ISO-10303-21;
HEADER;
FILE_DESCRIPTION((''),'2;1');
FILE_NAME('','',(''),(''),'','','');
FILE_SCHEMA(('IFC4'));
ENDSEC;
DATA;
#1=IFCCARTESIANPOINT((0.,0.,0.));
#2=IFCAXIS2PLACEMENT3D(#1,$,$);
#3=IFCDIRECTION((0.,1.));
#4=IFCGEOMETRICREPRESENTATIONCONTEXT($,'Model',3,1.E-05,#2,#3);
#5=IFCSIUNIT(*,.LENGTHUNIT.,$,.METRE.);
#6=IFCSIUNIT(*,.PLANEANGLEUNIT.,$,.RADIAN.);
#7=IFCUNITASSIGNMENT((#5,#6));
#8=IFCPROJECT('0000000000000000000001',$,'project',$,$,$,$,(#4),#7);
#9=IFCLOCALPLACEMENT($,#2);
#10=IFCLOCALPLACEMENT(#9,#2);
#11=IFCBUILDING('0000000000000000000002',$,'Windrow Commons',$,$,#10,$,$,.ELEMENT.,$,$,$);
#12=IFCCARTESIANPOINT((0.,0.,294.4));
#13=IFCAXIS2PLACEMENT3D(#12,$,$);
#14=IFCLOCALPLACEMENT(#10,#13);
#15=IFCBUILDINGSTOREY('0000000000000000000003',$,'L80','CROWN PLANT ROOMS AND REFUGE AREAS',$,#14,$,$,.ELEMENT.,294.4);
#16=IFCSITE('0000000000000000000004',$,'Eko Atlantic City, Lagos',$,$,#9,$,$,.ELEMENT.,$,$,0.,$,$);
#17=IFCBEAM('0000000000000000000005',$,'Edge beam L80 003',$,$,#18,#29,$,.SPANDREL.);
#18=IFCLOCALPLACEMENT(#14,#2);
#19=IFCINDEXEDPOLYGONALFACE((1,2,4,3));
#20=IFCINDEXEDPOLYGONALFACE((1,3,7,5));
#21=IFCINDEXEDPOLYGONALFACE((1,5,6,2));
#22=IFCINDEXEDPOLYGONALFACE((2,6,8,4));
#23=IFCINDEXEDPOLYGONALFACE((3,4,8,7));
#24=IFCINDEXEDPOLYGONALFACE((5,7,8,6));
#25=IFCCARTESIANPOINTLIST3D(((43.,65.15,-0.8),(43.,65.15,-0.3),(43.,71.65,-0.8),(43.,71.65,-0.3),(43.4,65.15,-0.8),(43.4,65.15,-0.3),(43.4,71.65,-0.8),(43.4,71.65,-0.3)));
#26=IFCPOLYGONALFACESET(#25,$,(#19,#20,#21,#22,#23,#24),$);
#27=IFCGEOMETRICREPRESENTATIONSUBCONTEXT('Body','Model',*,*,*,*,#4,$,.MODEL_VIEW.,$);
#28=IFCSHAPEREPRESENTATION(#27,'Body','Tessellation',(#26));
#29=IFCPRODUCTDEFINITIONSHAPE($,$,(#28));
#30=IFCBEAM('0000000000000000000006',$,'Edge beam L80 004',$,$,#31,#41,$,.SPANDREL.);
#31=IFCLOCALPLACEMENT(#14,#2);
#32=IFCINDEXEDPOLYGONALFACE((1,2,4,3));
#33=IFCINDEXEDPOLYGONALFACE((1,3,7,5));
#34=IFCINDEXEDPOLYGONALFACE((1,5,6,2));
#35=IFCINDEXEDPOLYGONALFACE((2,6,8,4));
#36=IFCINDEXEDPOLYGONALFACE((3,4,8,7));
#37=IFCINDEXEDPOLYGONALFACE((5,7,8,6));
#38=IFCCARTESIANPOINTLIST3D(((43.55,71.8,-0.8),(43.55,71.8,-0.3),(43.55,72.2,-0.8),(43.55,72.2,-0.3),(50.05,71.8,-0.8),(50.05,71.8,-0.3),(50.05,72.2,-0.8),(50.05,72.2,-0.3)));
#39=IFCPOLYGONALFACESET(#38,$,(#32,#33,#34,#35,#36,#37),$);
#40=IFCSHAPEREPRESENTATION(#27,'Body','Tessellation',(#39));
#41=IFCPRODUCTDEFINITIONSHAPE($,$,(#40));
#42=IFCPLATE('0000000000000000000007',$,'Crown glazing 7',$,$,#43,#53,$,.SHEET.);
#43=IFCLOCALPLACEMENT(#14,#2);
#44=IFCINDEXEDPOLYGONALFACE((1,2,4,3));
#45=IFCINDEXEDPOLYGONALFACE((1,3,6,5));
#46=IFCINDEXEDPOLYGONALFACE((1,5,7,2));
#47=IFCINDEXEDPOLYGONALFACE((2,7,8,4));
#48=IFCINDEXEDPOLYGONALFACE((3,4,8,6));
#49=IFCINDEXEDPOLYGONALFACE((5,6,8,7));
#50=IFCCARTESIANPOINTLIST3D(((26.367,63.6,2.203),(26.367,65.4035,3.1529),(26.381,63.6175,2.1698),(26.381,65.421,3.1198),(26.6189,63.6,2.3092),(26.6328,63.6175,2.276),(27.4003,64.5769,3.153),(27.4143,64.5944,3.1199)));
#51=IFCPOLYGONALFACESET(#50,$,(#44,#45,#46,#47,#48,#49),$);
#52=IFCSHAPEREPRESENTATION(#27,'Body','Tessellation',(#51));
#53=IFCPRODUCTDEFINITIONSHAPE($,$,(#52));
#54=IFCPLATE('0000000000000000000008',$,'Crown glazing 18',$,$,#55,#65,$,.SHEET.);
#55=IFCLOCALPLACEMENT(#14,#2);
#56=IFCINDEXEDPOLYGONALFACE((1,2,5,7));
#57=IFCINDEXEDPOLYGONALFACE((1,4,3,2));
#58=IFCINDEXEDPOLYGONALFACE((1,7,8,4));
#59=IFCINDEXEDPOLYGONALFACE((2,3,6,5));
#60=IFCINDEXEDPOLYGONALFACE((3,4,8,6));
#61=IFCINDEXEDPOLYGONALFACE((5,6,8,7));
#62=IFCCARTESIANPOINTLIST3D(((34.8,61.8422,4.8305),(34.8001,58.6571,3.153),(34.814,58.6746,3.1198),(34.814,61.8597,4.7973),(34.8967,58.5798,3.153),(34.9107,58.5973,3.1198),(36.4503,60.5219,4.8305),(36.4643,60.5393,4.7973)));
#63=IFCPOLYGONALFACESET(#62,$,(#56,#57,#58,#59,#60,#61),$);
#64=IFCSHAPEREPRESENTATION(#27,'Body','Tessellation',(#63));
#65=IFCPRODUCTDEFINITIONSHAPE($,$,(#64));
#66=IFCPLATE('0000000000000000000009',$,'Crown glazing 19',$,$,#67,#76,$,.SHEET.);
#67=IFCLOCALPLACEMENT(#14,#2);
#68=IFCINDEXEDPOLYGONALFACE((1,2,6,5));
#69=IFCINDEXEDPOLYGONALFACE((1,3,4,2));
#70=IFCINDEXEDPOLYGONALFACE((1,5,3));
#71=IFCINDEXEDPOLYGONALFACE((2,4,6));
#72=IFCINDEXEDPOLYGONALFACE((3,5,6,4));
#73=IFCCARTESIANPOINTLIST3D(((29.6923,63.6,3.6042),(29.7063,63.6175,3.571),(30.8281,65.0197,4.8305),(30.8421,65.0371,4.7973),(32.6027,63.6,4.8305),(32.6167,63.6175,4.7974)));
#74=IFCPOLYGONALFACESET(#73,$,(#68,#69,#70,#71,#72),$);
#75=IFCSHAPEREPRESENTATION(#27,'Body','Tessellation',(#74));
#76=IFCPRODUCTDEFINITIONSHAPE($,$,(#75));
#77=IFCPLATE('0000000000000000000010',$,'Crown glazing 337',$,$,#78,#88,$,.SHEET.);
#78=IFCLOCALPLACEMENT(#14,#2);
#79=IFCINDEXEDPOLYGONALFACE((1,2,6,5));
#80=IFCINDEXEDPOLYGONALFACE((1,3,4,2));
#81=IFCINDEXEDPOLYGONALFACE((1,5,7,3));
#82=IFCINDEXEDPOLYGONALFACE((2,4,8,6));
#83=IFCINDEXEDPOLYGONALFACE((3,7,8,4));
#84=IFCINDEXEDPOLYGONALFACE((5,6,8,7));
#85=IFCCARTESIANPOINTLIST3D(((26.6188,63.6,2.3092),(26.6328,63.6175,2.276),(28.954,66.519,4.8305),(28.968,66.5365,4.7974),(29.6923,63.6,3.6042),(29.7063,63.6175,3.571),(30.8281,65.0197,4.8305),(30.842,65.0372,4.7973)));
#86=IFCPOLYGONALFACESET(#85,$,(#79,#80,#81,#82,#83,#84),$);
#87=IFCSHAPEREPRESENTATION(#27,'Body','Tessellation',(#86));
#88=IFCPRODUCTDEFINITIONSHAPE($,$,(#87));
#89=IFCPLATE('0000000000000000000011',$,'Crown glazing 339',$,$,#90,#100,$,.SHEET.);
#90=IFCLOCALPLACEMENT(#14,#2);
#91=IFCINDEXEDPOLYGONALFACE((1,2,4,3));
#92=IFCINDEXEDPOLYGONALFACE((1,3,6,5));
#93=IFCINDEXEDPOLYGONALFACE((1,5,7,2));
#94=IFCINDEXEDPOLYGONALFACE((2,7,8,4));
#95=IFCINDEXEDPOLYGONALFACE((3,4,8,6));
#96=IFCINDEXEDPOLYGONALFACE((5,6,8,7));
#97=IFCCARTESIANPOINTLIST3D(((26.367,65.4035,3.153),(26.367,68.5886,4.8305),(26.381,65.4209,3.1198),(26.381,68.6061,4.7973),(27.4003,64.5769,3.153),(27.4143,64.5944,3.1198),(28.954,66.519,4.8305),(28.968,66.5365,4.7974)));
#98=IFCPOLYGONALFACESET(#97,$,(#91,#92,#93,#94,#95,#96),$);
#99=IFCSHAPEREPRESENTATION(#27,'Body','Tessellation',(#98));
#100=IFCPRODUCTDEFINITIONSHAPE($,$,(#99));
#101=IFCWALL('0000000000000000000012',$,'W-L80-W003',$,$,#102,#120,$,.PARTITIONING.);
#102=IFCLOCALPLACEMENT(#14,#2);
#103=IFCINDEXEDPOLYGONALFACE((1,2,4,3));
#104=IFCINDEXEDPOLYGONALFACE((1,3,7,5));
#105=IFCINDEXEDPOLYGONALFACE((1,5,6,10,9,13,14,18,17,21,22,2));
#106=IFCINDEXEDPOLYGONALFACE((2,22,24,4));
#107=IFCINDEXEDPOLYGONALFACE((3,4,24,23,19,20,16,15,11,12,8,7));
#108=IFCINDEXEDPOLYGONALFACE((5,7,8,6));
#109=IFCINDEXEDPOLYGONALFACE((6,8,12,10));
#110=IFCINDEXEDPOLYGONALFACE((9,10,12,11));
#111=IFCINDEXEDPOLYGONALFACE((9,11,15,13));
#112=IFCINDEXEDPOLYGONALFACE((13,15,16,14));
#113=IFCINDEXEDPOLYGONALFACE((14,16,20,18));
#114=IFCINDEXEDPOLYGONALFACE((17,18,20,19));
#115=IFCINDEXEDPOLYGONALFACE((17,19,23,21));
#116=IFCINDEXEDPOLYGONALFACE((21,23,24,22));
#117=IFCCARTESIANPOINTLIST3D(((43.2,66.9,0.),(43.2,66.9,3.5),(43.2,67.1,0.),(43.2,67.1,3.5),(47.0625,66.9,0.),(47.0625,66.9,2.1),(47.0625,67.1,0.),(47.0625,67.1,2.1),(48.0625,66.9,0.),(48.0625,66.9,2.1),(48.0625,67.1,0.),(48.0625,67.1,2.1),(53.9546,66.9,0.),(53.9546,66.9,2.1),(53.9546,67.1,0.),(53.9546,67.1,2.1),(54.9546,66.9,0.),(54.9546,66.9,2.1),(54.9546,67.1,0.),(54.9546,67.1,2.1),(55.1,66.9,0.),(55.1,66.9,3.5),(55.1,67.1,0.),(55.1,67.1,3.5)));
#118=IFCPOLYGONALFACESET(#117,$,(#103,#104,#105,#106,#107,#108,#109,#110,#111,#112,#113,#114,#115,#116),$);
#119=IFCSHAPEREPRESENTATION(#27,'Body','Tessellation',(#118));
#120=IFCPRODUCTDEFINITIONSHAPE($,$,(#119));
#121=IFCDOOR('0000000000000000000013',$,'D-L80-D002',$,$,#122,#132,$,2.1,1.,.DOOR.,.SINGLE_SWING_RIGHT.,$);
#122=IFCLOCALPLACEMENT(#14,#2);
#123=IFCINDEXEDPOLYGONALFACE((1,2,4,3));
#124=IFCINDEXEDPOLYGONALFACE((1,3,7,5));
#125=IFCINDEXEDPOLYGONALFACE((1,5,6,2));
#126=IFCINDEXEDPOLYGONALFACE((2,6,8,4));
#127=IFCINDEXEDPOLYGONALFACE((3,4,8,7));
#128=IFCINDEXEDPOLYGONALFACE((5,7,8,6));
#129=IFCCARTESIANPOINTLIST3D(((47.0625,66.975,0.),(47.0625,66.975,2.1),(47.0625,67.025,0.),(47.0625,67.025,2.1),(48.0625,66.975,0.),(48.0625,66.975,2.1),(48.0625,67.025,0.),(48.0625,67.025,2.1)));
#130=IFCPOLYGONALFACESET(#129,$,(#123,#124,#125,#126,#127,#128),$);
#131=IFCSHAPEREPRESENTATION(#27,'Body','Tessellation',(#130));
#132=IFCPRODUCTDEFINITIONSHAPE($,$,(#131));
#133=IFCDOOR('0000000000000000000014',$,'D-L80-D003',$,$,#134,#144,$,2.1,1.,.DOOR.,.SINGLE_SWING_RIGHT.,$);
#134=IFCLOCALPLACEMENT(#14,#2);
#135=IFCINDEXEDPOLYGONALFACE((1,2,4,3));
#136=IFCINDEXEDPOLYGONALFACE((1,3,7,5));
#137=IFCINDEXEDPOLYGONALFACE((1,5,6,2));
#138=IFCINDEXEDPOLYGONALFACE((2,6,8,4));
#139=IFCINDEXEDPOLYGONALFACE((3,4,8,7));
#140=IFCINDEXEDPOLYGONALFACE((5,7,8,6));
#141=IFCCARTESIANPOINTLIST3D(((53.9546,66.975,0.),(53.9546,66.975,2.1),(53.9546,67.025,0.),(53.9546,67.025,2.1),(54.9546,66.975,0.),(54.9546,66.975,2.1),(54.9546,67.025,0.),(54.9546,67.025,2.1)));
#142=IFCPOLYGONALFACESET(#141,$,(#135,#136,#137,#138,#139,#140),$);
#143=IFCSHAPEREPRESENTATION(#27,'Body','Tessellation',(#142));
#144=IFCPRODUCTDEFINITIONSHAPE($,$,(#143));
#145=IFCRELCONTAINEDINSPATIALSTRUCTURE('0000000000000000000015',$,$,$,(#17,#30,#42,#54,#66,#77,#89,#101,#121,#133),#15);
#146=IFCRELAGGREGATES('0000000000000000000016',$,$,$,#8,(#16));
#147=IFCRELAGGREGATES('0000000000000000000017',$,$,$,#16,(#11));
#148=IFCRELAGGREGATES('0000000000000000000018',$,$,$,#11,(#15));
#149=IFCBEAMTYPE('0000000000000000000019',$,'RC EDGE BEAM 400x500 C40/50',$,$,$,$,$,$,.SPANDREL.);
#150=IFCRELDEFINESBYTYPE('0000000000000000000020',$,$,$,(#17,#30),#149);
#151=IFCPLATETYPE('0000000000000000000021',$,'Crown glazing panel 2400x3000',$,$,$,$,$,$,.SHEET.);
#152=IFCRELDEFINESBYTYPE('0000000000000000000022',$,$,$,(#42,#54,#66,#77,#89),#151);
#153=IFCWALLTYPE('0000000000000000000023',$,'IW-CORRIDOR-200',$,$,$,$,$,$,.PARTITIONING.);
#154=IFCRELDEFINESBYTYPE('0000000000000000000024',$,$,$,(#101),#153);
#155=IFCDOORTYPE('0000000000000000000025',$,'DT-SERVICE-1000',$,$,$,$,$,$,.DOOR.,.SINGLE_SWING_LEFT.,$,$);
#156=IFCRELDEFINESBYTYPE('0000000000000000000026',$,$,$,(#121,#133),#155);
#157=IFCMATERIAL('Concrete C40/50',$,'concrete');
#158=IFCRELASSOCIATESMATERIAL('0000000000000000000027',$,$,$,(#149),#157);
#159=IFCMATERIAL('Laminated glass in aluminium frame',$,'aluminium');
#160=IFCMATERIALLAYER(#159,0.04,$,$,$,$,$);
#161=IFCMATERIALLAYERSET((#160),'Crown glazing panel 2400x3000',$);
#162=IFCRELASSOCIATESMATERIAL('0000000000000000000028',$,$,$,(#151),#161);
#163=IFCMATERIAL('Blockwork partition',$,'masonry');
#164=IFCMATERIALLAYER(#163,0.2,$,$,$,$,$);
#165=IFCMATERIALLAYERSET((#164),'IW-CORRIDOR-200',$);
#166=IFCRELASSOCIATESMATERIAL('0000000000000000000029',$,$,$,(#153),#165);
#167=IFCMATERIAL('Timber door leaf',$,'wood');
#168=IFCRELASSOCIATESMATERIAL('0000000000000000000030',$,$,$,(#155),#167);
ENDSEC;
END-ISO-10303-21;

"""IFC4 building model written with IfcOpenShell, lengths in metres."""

from ifc_helpers import new_model, si_unit, direction, frame, frame_2d, origin, origin_2d, place, context, subcontext, project, spatial, polyline, rectangle, outline, extrude, material, layer, layer_set, material_profile, profile_set, type_object, element, fill, save


model = new_model("IFC4")

# Units and contexts
model_context = context("Model", 3, precision=1e-05, world=origin(), true_north=direction((0.0, 1.0)))
body_context = subcontext(model_context, "Body", "Model", "MODEL_VIEW")
ifc_project = project(units=[si_unit("LENGTHUNIT", "METRE"), si_unit("PLANEANGLEUNIT", "RADIAN")], contexts=[model_context])

# Site, building, storey
site_placement = place(None, origin())
site = spatial("IfcSite", under=ifc_project, at=site_placement, Name="Eko Atlantic City, Lagos", CompositionType="ELEMENT", RefElevation=0.0)
building_placement = place(site_placement, origin())
building = spatial("IfcBuilding", under=site, at=building_placement, Name="Windrow Commons", CompositionType="ELEMENT")
storey_placement = place(building_placement, frame((0.0, 0.0, 294.4)))
storey = spatial("IfcBuildingStorey", under=building, at=storey_placement, Name="L80", Description="CROWN PLANT ROOMS AND REFUGE AREAS", CompositionType="ELEMENT", Elevation=294.4)

# Beams
ifc_material_1 = material(Name="Concrete C40/50", Category="concrete")
ifc_material_profile = material_profile(ifc_material_1, rectangle(XDim=0.4, YDim=0.5, at=origin_2d()))
ifc_profile_set = profile_set([ifc_material_profile], Name="Concrete C40/50")
beam_type = type_object("IfcBeamType", Name="RC EDGE BEAM 400x500 C40/50", PredefinedType="SPANDREL", material=ifc_profile_set)
for number, where, z_axis, x_axis, name in (
    (1, (43.2, 65.15, -0.55), (0.0, 1.0, 0.0), (-1.0, 0.0, 0.0), "Edge beam L80 003"),
    (2, (43.55, 72.0, -0.55), (1.0, 0.0, 0.0), (0.0, 1.0, 0.0), "Edge beam L80 004"),
):
    element("IfcBeam", number, at=place(storey_placement, frame(where, z_axis=z_axis, x_axis=x_axis)), inside=storey, type_object=beam_type, Name=name, PredefinedType="SPANDREL", context=body_context, shape_type="SweptSolid", body=[
        extrude(rectangle(XDim=0.4, YDim=0.5, at=origin_2d()), origin(), (0.0, 0.0, 1.0), 6.5),
    ])

# Plates
ifc_material_2 = material(Name="Laminated glass in aluminium frame", Category="aluminium")
ifc_layer_1 = layer(ifc_material_2, 0.04)
ifc_layer_set_1 = layer_set([ifc_layer_1], Name="Crown glazing panel 2400x3000")
plate_type = type_object("IfcPlateType", Name="Crown glazing panel 2400x3000", PredefinedType="SHEET", material=ifc_layer_set_1)
plate_1_placement = place(storey_placement, frame((26.367, 63.6, 2.203), z_axis=(-0.349372, -0.436651, 0.829021), x_axis=(0.000012, 0.884774, 0.466021)))
element("IfcPlate", 3, at=plate_1_placement, inside=storey, type_object=plate_type, Name="Crown glazing 7", PredefinedType="SHEET", context=body_context, shape_type="SweptSolid", body=[
    extrude(outline(polyline([(0.0, 0.0), (2.0384, 0.0), (1.3071, -1.1028), (0.0495, -0.2688), (0.0, 0.0)])), origin(), (0.0, 0.0, -1.0), 0.04),
])
plate_2_placement = place(storey_placement, frame((34.8, 61.8422, 4.8305), z_axis=(-0.349315, -0.436644, 0.829048), x_axis=(0.780859, -0.624707, -0.00001)))
element("IfcPlate", 4, at=plate_2_placement, inside=storey, type_object=plate_type, Name="Crown glazing 18", PredefinedType="SHEET", context=body_context, shape_type="SweptSolid", body=[
    extrude(outline(polyline([(0.0, 0.0), (2.1135, 0.0), (2.1136, -2.9999), (1.9898, -2.9999), (0.0, 0.0)])), origin(), (0.0, 0.0, -1.0), 0.04),
])
plate_3_placement = place(storey_placement, frame((29.6923, 63.6, 3.6042), z_axis=(-0.34932, -0.436643, 0.829047), x_axis=(0.517912, 0.647368, 0.559179)))
element("IfcPlate", 5, at=plate_3_placement, inside=storey, type_object=plate_type, Name="Crown glazing 19", PredefinedType="SHEET", context=body_context, shape_type="SweptSolid", body=[
    extrude(outline(polyline([(0.0, 0.0), (2.193, 0.0), (2.1931, -2.2726), (0.0, 0.0)])), origin(), (0.0, 0.0, -1.0), 0.04),
])
plate_4_placement = place(storey_placement, frame((26.6188, 63.6, 2.3092), z_axis=(-0.349316, -0.436643, 0.829048), x_axis=(0.517902, 0.647378, 0.559177)))
element("IfcPlate", 6, at=plate_4_placement, inside=storey, type_object=plate_type, Name="Crown glazing 337", PredefinedType="SHEET", context=body_context, shape_type="SweptSolid", body=[
    extrude(outline(polyline([(0.0, 0.0), (4.509, 0.0), (4.5089, -2.4), (2.3159, -2.4), (0.0, 0.0)])), origin(), (0.0, 0.0, -1.0), 0.04),
])
plate_5_placement = place(storey_placement, frame((27.4003, 64.5769, 3.153), z_axis=(-0.349309, -0.436642, 0.829052), x_axis=(-0.78088, 0.624681, -0.000008)))
element("IfcPlate", 7, at=plate_5_placement, inside=storey, type_object=plate_type, Name="Crown glazing 339", PredefinedType="SHEET", context=body_context, shape_type="SweptSolid", body=[
    extrude(outline(polyline([(0.0, 0.0), (1.3232, 0.0), (3.3129, -3.0), (-0.0001, -3.0), (0.0, 0.0)])), origin(), (0.0, 0.0, -1.0), 0.04),
])

# Wall, openings, doors
ifc_material_3 = material(Name="Blockwork partition", Category="masonry")
ifc_layer_2 = layer(ifc_material_3, 0.2)
ifc_layer_set_2 = layer_set([ifc_layer_2], Name="IW-CORRIDOR-200")
wall_type_1 = type_object("IfcWallType", Name="IW-CORRIDOR-200", PredefinedType="PARTITIONING", material=ifc_layer_set_2)
wall_1_placement = place(storey_placement, frame((43.2, 67.0, 0.0), z_axis=(0.0, 0.0, 1.0), x_axis=(1.0, 0.0, 0.0)))
wall_1 = element("IfcWall", 8, at=wall_1_placement, inside=storey, type_object=wall_type_1, Name="W-L80-W003", PredefinedType="PARTITIONING", context=body_context, shape_type="SweptSolid", body=[
    extrude(rectangle(XDim=11.9, YDim=0.2, at=frame_2d((5.95, 0.0))), origin(), (0.0, 0.0, 1.0), 3.5),
])
opening_1_placement = place(wall_1_placement, frame((3.8625, 0.0, 0.0)))
opening_1 = element("IfcOpeningElement", 9, at=opening_1_placement, cuts=wall_1, PredefinedType="OPENING", context=body_context, shape_type="SweptSolid", body=[
    extrude(rectangle(XDim=1.0, YDim=2.1, at=frame_2d((0.5, 1.05))), frame((0.0, 0.11, 0.0), z_axis=(0.0, -1.0, 0.0), x_axis=(1.0, 0.0, 0.0)), (0.0, 0.0, 1.0), 0.22),
])
opening_2_placement = place(wall_1_placement, frame((10.7546, 0.0, 0.0)))
opening_2 = element("IfcOpeningElement", 10, at=opening_2_placement, cuts=wall_1, PredefinedType="OPENING", context=body_context, shape_type="SweptSolid", body=[
    extrude(rectangle(XDim=1.0, YDim=2.1, at=frame_2d((0.5, 1.05))), frame((0.0, 0.11, 0.0), z_axis=(0.0, -1.0, 0.0), x_axis=(1.0, 0.0, 0.0)), (0.0, 0.0, 1.0), 0.22),
])
ifc_material_4 = material(Name="Timber door leaf", Category="wood")
door_type = type_object("IfcDoorType", Name="DT-SERVICE-1000", OperationType="SINGLE_SWING_LEFT", PredefinedType="DOOR", material=ifc_material_4)
door_1_placement = place(opening_1_placement, origin())
door_1 = element("IfcDoor", 11, at=door_1_placement, inside=storey, type_object=door_type, Name="D-L80-D002", OperationType="SINGLE_SWING_RIGHT", OverallHeight=2.1, OverallWidth=1.0, PredefinedType="DOOR", context=body_context, shape_type="SweptSolid", body=[
    extrude(rectangle(XDim=1.0, YDim=2.1, at=frame_2d((0.5, 1.05))), frame((0.0, 0.025, 0.0), z_axis=(0.0, -1.0, 0.0), x_axis=(1.0, 0.0, 0.0)), (0.0, 0.0, 1.0), 0.05),
])
fill(opening_1, door_1)
door_2_placement = place(opening_2_placement, origin())
door_2 = element("IfcDoor", 12, at=door_2_placement, inside=storey, type_object=door_type, Name="D-L80-D003", OperationType="SINGLE_SWING_RIGHT", OverallHeight=2.1, OverallWidth=1.0, PredefinedType="DOOR", context=body_context, shape_type="SweptSolid", body=[
    extrude(rectangle(XDim=1.0, YDim=2.1, at=frame_2d((0.5, 1.05))), frame((0.0, 0.025, 0.0), z_axis=(0.0, -1.0, 0.0), x_axis=(1.0, 0.0, 0.0)), (0.0, 0.0, 1.0), 0.05),
])
fill(opening_2, door_2)

save(model, "model.ifc")
